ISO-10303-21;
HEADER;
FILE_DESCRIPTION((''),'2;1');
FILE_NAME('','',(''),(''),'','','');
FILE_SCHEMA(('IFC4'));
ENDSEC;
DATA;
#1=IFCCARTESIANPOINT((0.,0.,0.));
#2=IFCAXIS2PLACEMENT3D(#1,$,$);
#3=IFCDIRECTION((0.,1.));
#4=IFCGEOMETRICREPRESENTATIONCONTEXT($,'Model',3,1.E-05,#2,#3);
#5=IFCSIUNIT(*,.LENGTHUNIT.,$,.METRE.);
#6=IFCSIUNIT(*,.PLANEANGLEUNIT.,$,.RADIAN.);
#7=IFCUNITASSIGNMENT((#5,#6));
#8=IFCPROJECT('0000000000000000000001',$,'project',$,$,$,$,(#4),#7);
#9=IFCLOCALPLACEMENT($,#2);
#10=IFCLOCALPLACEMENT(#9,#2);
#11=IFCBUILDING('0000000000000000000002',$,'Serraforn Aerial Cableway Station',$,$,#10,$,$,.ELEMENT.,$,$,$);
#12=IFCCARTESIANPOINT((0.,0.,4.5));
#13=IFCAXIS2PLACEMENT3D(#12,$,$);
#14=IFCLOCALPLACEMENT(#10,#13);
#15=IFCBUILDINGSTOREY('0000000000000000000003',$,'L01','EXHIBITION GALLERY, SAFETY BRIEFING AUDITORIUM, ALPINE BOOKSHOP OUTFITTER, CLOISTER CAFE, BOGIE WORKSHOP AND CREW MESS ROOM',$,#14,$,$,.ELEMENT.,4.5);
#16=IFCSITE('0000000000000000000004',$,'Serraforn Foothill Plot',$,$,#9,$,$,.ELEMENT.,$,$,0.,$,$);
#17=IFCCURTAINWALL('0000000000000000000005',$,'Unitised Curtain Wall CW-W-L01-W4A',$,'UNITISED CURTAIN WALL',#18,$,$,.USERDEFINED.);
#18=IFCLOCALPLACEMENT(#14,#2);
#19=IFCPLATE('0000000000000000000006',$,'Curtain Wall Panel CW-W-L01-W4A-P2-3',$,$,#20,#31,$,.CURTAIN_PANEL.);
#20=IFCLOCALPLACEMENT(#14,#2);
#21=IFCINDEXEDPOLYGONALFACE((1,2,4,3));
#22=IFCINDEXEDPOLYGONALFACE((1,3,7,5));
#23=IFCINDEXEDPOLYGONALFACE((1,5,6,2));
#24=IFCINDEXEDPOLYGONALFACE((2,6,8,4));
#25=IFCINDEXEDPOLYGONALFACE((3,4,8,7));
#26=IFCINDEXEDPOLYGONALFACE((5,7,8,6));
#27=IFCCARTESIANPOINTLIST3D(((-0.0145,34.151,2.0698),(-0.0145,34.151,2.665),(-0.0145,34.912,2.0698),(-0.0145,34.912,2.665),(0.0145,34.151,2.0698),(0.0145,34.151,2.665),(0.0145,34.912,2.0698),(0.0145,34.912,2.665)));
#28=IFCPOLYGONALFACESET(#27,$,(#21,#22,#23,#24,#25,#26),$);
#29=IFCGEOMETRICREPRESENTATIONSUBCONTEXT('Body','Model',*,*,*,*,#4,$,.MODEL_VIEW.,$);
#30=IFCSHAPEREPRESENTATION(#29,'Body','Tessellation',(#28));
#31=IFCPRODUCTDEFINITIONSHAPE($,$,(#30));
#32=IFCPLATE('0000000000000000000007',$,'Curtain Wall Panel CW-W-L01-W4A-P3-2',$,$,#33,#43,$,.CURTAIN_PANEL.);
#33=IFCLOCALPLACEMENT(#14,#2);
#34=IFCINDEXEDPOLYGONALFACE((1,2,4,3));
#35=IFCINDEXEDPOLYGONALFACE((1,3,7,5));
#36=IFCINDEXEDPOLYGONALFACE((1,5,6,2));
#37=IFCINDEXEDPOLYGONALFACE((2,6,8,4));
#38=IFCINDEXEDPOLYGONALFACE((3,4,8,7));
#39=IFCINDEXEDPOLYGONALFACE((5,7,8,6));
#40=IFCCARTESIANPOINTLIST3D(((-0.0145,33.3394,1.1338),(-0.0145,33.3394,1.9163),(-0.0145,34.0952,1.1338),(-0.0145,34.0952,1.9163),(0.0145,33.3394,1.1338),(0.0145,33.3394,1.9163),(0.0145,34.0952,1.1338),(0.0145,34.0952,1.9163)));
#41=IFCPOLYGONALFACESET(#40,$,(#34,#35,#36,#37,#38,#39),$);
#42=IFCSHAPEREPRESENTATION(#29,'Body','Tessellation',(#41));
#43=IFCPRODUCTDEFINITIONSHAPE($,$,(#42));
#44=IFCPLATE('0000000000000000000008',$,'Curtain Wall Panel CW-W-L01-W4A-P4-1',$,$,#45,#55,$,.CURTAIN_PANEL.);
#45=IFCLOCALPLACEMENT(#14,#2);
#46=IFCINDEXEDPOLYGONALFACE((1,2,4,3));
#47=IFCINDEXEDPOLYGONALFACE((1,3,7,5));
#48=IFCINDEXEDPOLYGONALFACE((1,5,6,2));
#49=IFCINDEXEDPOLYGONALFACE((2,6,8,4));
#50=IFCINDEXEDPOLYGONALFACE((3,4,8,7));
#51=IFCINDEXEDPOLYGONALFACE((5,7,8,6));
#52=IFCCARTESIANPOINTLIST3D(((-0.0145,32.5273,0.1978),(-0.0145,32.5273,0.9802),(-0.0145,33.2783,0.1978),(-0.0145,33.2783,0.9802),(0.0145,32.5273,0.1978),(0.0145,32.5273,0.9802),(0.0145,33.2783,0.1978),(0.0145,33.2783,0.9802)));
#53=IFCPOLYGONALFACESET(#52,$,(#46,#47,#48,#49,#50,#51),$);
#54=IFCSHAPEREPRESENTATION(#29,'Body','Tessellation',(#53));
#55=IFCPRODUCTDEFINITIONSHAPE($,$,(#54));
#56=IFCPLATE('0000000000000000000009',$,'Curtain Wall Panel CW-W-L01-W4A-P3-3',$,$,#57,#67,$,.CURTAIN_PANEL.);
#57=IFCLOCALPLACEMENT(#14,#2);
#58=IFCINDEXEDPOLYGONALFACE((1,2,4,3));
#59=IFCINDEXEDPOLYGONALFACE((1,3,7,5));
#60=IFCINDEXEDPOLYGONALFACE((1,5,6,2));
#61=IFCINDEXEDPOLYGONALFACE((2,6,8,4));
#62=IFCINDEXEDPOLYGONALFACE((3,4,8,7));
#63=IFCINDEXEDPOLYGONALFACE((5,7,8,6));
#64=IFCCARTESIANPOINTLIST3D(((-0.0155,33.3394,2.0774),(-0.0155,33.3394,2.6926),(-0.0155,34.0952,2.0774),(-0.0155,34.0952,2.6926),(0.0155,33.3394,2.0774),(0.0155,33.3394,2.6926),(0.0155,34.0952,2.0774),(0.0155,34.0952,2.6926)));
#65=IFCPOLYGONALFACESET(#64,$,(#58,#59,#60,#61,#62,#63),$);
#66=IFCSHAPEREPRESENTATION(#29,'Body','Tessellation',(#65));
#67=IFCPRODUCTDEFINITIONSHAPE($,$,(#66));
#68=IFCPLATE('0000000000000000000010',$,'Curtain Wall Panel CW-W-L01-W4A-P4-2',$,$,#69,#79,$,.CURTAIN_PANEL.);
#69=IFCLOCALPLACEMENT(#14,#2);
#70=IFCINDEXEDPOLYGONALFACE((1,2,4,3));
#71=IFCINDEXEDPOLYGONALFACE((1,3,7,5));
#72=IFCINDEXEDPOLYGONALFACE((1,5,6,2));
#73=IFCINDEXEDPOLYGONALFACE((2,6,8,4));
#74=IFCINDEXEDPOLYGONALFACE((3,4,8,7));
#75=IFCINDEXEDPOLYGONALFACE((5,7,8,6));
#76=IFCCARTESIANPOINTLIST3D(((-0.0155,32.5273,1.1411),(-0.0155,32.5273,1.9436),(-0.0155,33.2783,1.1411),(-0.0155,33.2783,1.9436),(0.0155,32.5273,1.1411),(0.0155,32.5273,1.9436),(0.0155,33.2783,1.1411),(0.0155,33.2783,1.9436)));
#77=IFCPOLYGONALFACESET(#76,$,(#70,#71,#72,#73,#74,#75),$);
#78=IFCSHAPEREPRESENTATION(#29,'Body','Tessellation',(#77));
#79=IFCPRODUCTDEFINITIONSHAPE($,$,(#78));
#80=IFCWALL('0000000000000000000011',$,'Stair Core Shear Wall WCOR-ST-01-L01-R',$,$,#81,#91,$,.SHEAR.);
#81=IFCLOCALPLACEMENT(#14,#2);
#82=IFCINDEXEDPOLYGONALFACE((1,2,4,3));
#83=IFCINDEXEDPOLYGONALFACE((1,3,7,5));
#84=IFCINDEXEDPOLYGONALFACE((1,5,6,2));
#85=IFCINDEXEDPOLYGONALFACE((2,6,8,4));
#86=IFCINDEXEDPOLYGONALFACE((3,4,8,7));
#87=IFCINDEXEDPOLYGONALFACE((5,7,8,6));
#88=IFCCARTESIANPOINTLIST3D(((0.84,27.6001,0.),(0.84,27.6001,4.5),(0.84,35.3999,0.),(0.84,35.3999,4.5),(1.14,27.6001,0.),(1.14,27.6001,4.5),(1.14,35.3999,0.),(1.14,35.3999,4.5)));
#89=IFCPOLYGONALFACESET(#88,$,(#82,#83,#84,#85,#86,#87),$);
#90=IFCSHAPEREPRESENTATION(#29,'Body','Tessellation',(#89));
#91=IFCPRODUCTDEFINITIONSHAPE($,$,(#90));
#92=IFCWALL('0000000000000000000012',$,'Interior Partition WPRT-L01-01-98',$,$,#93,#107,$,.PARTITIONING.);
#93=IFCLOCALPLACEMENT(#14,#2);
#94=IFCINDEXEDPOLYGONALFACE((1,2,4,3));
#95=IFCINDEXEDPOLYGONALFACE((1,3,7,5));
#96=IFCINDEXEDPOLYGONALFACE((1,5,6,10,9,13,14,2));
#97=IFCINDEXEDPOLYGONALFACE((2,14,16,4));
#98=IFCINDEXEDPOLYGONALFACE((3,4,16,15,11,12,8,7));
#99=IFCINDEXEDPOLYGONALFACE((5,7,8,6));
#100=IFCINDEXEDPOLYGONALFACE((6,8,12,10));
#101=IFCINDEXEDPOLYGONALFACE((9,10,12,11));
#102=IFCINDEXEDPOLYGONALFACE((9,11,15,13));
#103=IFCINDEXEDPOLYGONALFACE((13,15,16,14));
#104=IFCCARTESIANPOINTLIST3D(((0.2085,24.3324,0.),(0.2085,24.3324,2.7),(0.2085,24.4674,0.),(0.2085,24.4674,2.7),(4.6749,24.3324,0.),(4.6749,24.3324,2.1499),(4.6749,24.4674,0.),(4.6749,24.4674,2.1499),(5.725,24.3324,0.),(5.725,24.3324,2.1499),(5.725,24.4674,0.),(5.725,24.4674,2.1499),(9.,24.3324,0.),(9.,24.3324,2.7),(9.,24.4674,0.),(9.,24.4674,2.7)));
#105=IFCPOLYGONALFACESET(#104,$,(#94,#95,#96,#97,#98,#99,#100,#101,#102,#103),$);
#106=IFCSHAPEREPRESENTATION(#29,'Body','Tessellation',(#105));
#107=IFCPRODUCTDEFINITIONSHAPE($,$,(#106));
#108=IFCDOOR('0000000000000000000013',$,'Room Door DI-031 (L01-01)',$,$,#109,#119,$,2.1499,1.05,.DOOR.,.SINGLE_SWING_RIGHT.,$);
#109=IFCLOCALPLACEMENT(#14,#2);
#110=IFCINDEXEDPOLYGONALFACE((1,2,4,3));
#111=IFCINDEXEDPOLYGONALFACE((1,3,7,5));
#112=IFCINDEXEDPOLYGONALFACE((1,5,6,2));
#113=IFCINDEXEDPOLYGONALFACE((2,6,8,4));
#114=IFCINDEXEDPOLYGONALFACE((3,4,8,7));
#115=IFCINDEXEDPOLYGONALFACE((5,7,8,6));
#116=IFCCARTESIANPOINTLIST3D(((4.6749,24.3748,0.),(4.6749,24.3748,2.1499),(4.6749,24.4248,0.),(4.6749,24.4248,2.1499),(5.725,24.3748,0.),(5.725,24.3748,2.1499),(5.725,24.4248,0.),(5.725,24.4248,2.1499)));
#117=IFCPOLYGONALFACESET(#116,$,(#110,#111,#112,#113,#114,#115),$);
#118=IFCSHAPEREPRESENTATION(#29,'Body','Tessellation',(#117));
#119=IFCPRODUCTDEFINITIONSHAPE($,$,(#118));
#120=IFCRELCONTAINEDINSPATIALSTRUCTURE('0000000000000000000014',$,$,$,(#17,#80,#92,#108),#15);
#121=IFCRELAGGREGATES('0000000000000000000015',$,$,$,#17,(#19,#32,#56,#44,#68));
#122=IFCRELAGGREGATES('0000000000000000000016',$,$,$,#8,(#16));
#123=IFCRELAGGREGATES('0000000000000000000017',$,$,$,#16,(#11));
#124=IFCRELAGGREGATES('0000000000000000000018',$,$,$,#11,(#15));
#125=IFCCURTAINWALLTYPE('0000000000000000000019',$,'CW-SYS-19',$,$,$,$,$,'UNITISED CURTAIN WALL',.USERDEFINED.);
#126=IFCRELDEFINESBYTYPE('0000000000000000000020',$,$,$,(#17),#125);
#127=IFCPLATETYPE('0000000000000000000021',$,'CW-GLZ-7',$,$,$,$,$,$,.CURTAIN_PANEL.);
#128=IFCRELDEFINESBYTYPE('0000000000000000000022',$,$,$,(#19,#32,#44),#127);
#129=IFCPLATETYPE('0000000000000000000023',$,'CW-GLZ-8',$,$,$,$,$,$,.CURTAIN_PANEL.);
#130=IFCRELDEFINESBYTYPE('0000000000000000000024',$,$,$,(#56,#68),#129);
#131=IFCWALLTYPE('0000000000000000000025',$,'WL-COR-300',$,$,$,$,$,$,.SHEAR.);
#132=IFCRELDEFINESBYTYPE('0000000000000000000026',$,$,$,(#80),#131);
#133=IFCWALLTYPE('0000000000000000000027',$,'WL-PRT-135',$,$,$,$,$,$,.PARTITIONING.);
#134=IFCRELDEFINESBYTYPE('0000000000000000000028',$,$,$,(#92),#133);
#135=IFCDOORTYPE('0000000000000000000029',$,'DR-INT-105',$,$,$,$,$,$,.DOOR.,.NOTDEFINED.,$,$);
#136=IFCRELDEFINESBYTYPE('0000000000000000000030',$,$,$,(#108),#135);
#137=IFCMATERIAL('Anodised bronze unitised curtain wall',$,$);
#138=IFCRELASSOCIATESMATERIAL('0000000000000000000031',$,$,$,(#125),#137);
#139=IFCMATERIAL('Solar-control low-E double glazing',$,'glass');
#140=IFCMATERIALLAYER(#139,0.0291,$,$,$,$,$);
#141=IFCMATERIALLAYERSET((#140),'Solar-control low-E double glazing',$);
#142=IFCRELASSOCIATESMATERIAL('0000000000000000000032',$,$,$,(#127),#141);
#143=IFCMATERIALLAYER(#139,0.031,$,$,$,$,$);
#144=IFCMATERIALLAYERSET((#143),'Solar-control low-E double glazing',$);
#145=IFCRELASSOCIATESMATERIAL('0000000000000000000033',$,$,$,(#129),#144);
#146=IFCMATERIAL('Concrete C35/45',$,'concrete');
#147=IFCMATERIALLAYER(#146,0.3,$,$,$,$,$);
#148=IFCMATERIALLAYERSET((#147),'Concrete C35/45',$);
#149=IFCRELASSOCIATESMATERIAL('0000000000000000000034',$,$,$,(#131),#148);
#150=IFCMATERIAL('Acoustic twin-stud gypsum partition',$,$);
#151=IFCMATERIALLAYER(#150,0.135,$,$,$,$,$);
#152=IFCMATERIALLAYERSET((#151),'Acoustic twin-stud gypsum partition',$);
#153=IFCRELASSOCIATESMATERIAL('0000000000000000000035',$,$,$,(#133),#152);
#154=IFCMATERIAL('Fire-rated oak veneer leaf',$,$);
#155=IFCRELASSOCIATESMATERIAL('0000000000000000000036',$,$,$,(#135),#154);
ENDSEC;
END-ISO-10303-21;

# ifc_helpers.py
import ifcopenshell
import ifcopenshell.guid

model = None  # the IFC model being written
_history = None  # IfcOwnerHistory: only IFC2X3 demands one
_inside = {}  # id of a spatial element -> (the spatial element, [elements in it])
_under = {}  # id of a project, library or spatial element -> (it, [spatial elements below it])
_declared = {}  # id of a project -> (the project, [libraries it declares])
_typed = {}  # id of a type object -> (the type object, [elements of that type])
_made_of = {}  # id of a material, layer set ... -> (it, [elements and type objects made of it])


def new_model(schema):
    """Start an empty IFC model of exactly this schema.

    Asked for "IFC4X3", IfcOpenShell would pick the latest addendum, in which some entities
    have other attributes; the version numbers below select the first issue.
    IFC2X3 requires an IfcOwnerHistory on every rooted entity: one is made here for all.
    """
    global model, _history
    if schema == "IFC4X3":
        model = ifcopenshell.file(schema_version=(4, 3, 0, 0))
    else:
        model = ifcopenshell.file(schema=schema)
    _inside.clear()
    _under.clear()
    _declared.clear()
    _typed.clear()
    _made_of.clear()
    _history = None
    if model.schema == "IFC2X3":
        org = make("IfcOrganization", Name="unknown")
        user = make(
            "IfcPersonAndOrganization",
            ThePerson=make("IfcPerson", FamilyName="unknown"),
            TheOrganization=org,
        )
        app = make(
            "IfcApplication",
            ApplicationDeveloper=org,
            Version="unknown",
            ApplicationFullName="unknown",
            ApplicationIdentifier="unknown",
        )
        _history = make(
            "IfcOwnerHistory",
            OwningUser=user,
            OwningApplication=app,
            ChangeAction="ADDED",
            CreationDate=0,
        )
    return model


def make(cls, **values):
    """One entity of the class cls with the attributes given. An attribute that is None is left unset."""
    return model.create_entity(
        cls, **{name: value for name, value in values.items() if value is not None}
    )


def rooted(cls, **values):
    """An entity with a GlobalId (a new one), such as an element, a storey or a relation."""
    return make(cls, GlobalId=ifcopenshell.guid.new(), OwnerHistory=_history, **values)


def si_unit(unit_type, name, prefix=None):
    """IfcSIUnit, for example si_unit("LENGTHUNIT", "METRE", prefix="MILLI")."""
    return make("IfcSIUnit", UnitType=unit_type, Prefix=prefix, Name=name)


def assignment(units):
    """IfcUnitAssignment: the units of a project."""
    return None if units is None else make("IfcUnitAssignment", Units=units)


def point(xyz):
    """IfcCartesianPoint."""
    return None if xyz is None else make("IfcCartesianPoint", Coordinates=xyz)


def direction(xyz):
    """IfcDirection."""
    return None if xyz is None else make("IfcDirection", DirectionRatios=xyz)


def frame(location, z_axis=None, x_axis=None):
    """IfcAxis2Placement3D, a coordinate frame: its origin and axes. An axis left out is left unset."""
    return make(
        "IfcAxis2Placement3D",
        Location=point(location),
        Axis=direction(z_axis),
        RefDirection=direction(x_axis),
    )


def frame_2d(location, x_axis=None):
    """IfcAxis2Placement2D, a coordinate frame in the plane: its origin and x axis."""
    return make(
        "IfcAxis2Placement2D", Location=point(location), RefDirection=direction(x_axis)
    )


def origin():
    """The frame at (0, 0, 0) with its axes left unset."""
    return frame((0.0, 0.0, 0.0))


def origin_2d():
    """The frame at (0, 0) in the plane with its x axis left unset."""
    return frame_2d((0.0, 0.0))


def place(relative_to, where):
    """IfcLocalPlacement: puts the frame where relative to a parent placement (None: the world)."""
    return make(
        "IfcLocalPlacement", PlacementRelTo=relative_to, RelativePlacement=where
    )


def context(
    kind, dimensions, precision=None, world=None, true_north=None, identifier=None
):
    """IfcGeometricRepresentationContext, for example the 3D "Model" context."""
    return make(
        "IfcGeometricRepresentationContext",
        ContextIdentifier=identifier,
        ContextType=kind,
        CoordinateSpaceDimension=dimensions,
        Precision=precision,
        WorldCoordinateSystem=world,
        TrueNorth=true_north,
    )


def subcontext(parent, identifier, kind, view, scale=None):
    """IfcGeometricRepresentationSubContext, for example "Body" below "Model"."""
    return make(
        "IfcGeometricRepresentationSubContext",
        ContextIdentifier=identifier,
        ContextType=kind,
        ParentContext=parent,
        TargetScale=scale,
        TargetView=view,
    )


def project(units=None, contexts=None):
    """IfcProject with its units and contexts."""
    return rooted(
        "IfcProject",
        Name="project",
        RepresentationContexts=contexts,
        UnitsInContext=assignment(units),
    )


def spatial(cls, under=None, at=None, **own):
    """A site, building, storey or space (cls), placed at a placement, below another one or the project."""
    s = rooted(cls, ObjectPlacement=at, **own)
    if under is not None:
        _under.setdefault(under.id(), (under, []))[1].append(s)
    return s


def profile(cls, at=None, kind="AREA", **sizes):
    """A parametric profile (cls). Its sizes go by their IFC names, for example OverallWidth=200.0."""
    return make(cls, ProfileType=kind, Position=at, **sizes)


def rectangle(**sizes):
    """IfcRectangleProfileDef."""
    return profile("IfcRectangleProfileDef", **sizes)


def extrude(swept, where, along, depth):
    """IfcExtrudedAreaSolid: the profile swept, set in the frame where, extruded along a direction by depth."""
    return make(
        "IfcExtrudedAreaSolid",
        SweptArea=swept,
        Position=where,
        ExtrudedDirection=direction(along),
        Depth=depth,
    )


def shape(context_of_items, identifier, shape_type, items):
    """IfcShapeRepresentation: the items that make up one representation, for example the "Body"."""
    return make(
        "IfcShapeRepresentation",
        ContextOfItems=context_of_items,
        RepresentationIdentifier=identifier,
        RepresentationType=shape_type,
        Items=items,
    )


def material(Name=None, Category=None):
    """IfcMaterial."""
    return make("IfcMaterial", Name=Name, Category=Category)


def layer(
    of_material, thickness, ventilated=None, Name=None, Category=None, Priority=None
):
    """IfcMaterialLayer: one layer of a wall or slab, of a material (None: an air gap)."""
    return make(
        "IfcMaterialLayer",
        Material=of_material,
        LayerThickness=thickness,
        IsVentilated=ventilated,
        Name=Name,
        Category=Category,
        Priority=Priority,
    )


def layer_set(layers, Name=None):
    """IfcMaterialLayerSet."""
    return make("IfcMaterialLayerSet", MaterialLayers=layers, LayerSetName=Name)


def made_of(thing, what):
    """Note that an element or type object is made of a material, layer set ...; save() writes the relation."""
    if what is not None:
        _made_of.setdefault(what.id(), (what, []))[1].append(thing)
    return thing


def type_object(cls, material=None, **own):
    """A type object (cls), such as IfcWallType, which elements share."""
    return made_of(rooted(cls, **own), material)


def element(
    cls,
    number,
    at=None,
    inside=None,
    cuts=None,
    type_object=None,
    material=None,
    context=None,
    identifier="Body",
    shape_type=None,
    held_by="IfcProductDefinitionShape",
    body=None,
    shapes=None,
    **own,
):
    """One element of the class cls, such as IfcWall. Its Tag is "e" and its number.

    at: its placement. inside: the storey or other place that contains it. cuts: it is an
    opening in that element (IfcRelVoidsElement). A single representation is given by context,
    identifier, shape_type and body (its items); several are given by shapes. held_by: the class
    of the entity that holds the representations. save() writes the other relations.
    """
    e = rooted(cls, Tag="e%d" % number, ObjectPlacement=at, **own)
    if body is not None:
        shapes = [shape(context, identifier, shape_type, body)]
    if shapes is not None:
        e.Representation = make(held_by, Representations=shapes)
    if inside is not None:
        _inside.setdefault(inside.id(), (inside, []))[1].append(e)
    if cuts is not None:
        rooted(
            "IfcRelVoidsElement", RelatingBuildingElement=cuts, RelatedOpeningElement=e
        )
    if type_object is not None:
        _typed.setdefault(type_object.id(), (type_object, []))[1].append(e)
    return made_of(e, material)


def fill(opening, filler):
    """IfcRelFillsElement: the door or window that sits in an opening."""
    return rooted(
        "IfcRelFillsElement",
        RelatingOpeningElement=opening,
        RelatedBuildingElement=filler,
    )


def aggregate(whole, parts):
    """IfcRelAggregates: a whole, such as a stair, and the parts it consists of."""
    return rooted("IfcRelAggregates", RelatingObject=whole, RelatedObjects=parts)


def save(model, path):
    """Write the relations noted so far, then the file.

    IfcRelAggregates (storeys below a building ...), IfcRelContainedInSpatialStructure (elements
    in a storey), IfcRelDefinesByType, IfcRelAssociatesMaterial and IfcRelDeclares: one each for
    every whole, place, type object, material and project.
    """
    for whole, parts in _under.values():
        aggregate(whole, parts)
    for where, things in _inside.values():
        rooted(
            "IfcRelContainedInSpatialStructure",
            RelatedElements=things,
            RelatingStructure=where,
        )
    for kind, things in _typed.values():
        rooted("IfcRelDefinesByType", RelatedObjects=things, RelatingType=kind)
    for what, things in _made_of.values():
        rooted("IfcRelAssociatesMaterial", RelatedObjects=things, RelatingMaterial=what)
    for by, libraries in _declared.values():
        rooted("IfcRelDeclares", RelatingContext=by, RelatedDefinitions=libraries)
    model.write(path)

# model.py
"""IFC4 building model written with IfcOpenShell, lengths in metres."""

from ifc_helpers import new_model, si_unit, direction, frame, frame_2d, origin, origin_2d, place, context, subcontext, project, spatial, rectangle, extrude, material, layer, layer_set, type_object, element, fill, aggregate, save


model = new_model("IFC4")

# Units and contexts
model_context = context("Model", 3, precision=1e-05, world=origin(), true_north=direction((0.0, 1.0)))
body_context = subcontext(model_context, "Body", "Model", "MODEL_VIEW")
ifc_project = project(units=[si_unit("LENGTHUNIT", "METRE"), si_unit("PLANEANGLEUNIT", "RADIAN")], contexts=[model_context])

# Site, building, storey
site_placement = place(None, origin())
site = spatial("IfcSite", under=ifc_project, at=site_placement, Name="Serraforn Foothill Plot", CompositionType="ELEMENT", RefElevation=0.0)
building_placement = place(site_placement, origin())
building = spatial("IfcBuilding", under=site, at=building_placement, Name="Serraforn Aerial Cableway Station", CompositionType="ELEMENT")
storey_placement = place(building_placement, frame((0.0, 0.0, 4.5)))
storey = spatial("IfcBuildingStorey", under=building, at=storey_placement, Name="L01", Description="EXHIBITION GALLERY, SAFETY BRIEFING AUDITORIUM, ALPINE BOOKSHOP OUTFITTER, CLOISTER CAFE, BOGIE WORKSHOP AND CREW MESS ROOM", CompositionType="ELEMENT", Elevation=4.5)

# Curtain wall, plates
ifc_material_1 = material(Name="Anodised bronze unitised curtain wall")
curtain_wall_type = type_object("IfcCurtainWallType", Name="CW-SYS-19", ElementType="UNITISED CURTAIN WALL", PredefinedType="USERDEFINED", material=ifc_material_1)
curtain_wall_placement = place(storey_placement, origin())
curtain_wall = element("IfcCurtainWall", 1, at=curtain_wall_placement, inside=storey, type_object=curtain_wall_type, Name="Unitised Curtain Wall CW-W-L01-W4A", ObjectType="UNITISED CURTAIN WALL", PredefinedType="USERDEFINED")
ifc_material_2 = material(Name="Solar-control low-E double glazing", Category="glass")
ifc_layer_1 = layer(ifc_material_2, 0.0291)
ifc_layer_set_1 = layer_set([ifc_layer_1], Name="Solar-control low-E double glazing")
plate_type_1 = type_object("IfcPlateType", Name="CW-GLZ-7", PredefinedType="CURTAIN_PANEL", material=ifc_layer_set_1)
plate_1_placement = place(storey_placement, frame((0.0, 34.5315, 2.0698), z_axis=(0.0, 0.0, 1.0), x_axis=(1.0, 0.0, 0.0)))
plate_1 = element("IfcPlate", 2, at=plate_1_placement, type_object=plate_type_1, Name="Curtain Wall Panel CW-W-L01-W4A-P2-3", PredefinedType="CURTAIN_PANEL", context=body_context, shape_type="SweptSolid", body=[
    extrude(rectangle(XDim=0.0291, YDim=0.761, at=origin_2d()), origin(), (0.0, 0.0, 1.0), 0.5952),
])
plate_2_placement = place(storey_placement, frame((0.0, 33.7173, 1.1338), z_axis=(0.0, 0.0, 1.0), x_axis=(1.0, 0.0, 0.0)))
plate_2 = element("IfcPlate", 3, at=plate_2_placement, type_object=plate_type_1, Name="Curtain Wall Panel CW-W-L01-W4A-P3-2", PredefinedType="CURTAIN_PANEL", context=body_context, shape_type="SweptSolid", body=[
    extrude(rectangle(XDim=0.0291, YDim=0.7559, at=origin_2d()), origin(), (0.0, 0.0, 1.0), 0.7825),
])
plate_3_placement = place(storey_placement, frame((0.0, 32.9028, 0.1978), z_axis=(0.0, 0.0, 1.0), x_axis=(1.0, 0.0, 0.0)))
plate_3 = element("IfcPlate", 4, at=plate_3_placement, type_object=plate_type_1, Name="Curtain Wall Panel CW-W-L01-W4A-P4-1", PredefinedType="CURTAIN_PANEL", context=body_context, shape_type="SweptSolid", body=[
    extrude(rectangle(XDim=0.0291, YDim=0.751, at=origin_2d()), origin(), (0.0, 0.0, 1.0), 0.7825),
])
ifc_layer_2 = layer(ifc_material_2, 0.031)
ifc_layer_set_2 = layer_set([ifc_layer_2], Name="Solar-control low-E double glazing")
plate_type_2 = type_object("IfcPlateType", Name="CW-GLZ-8", PredefinedType="CURTAIN_PANEL", material=ifc_layer_set_2)
plate_4_placement = place(storey_placement, frame((0.0, 33.7173, 2.0774), z_axis=(0.0, 0.0, 1.0), x_axis=(1.0, 0.0, 0.0)))
plate_4 = element("IfcPlate", 5, at=plate_4_placement, type_object=plate_type_2, Name="Curtain Wall Panel CW-W-L01-W4A-P3-3", PredefinedType="CURTAIN_PANEL", context=body_context, shape_type="SweptSolid", body=[
    extrude(rectangle(XDim=0.031, YDim=0.7559, at=origin_2d()), origin(), (0.0, 0.0, 1.0), 0.6152),
])
plate_5_placement = place(storey_placement, frame((0.0, 32.9028, 1.1411), z_axis=(0.0, 0.0, 1.0), x_axis=(1.0, 0.0, 0.0)))
plate_5 = element("IfcPlate", 6, at=plate_5_placement, type_object=plate_type_2, Name="Curtain Wall Panel CW-W-L01-W4A-P4-2", PredefinedType="CURTAIN_PANEL", context=body_context, shape_type="SweptSolid", body=[
    extrude(rectangle(XDim=0.031, YDim=0.751, at=origin_2d()), origin(), (0.0, 0.0, 1.0), 0.8025),
])
aggregate(curtain_wall, [plate_1, plate_2, plate_4, plate_3, plate_5])

# Wall
ifc_material_3 = material(Name="Concrete C35/45", Category="concrete")
ifc_layer_3 = layer(ifc_material_3, 0.3)
ifc_layer_set_3 = layer_set([ifc_layer_3], Name="Concrete C35/45")
wall_type_1 = type_object("IfcWallType", Name="WL-COR-300", PredefinedType="SHEAR", material=ifc_layer_set_3)
wall_1_placement = place(storey_placement, frame((0.99, 27.6001, 0.0), z_axis=(0.0, 0.0, 1.0), x_axis=(0.0, 1.0, 0.0)))
element("IfcWall", 7, at=wall_1_placement, inside=storey, type_object=wall_type_1, Name="Stair Core Shear Wall WCOR-ST-01-L01-R", PredefinedType="SHEAR", context=body_context, shape_type="SweptSolid", body=[
    extrude(rectangle(XDim=7.7998, YDim=0.3, at=frame_2d((3.8999, 0.0))), origin(), (0.0, 0.0, 1.0), 4.5),
])

# Wall, opening, door
ifc_material_4 = material(Name="Acoustic twin-stud gypsum partition")
ifc_layer_4 = layer(ifc_material_4, 0.135)
ifc_layer_set_4 = layer_set([ifc_layer_4], Name="Acoustic twin-stud gypsum partition")
wall_type_2 = type_object("IfcWallType", Name="WL-PRT-135", PredefinedType="PARTITIONING", material=ifc_layer_set_4)
wall_2_placement = place(storey_placement, frame((0.2085, 24.3999, 0.0), z_axis=(0.0, 0.0, 1.0), x_axis=(1.0, 0.0, 0.0)))
wall_2 = element("IfcWall", 8, at=wall_2_placement, inside=storey, type_object=wall_type_2, Name="Interior Partition WPRT-L01-01-98", PredefinedType="PARTITIONING", context=body_context, shape_type="SweptSolid", body=[
    extrude(rectangle(XDim=8.7915, YDim=0.135, at=frame_2d((4.3958, 0.0))), origin(), (0.0, 0.0, 1.0), 2.7),
])
opening_placement = place(wall_2_placement, frame((4.4666, 0.0, 0.0)))
opening = element("IfcOpeningElement", 9, at=opening_placement, cuts=wall_2, PredefinedType="OPENING", context=body_context, shape_type="SweptSolid", body=[
    extrude(rectangle(XDim=1.05, YDim=2.1499, at=frame_2d((0.5249, 1.075))), frame((0.0, 0.0774, 0.0), z_axis=(0.0, -1.0, 0.0), x_axis=(1.0, 0.0, 0.0)), (0.0, 0.0, 1.0), 0.155),
])
ifc_material_5 = material(Name="Fire-rated oak veneer leaf")
door_type = type_object("IfcDoorType", Name="DR-INT-105", OperationType="NOTDEFINED", PredefinedType="DOOR", material=ifc_material_5)
door_placement = place(opening_placement, origin())
door = element("IfcDoor", 10, at=door_placement, inside=storey, type_object=door_type, Name="Room Door DI-031 (L01-01)", OperationType="SINGLE_SWING_RIGHT", OverallHeight=2.1499, OverallWidth=1.05, PredefinedType="DOOR", context=body_context, shape_type="SweptSolid", body=[
    extrude(rectangle(XDim=1.05, YDim=2.1499, at=frame_2d((0.5249, 1.075))), frame((0.0, 0.0249, 0.0), z_axis=(0.0, -1.0, 0.0), x_axis=(1.0, 0.0, 0.0)), (0.0, 0.0, 1.0), 0.05),
])
fill(opening, door)

save(model, "model.ifc")
